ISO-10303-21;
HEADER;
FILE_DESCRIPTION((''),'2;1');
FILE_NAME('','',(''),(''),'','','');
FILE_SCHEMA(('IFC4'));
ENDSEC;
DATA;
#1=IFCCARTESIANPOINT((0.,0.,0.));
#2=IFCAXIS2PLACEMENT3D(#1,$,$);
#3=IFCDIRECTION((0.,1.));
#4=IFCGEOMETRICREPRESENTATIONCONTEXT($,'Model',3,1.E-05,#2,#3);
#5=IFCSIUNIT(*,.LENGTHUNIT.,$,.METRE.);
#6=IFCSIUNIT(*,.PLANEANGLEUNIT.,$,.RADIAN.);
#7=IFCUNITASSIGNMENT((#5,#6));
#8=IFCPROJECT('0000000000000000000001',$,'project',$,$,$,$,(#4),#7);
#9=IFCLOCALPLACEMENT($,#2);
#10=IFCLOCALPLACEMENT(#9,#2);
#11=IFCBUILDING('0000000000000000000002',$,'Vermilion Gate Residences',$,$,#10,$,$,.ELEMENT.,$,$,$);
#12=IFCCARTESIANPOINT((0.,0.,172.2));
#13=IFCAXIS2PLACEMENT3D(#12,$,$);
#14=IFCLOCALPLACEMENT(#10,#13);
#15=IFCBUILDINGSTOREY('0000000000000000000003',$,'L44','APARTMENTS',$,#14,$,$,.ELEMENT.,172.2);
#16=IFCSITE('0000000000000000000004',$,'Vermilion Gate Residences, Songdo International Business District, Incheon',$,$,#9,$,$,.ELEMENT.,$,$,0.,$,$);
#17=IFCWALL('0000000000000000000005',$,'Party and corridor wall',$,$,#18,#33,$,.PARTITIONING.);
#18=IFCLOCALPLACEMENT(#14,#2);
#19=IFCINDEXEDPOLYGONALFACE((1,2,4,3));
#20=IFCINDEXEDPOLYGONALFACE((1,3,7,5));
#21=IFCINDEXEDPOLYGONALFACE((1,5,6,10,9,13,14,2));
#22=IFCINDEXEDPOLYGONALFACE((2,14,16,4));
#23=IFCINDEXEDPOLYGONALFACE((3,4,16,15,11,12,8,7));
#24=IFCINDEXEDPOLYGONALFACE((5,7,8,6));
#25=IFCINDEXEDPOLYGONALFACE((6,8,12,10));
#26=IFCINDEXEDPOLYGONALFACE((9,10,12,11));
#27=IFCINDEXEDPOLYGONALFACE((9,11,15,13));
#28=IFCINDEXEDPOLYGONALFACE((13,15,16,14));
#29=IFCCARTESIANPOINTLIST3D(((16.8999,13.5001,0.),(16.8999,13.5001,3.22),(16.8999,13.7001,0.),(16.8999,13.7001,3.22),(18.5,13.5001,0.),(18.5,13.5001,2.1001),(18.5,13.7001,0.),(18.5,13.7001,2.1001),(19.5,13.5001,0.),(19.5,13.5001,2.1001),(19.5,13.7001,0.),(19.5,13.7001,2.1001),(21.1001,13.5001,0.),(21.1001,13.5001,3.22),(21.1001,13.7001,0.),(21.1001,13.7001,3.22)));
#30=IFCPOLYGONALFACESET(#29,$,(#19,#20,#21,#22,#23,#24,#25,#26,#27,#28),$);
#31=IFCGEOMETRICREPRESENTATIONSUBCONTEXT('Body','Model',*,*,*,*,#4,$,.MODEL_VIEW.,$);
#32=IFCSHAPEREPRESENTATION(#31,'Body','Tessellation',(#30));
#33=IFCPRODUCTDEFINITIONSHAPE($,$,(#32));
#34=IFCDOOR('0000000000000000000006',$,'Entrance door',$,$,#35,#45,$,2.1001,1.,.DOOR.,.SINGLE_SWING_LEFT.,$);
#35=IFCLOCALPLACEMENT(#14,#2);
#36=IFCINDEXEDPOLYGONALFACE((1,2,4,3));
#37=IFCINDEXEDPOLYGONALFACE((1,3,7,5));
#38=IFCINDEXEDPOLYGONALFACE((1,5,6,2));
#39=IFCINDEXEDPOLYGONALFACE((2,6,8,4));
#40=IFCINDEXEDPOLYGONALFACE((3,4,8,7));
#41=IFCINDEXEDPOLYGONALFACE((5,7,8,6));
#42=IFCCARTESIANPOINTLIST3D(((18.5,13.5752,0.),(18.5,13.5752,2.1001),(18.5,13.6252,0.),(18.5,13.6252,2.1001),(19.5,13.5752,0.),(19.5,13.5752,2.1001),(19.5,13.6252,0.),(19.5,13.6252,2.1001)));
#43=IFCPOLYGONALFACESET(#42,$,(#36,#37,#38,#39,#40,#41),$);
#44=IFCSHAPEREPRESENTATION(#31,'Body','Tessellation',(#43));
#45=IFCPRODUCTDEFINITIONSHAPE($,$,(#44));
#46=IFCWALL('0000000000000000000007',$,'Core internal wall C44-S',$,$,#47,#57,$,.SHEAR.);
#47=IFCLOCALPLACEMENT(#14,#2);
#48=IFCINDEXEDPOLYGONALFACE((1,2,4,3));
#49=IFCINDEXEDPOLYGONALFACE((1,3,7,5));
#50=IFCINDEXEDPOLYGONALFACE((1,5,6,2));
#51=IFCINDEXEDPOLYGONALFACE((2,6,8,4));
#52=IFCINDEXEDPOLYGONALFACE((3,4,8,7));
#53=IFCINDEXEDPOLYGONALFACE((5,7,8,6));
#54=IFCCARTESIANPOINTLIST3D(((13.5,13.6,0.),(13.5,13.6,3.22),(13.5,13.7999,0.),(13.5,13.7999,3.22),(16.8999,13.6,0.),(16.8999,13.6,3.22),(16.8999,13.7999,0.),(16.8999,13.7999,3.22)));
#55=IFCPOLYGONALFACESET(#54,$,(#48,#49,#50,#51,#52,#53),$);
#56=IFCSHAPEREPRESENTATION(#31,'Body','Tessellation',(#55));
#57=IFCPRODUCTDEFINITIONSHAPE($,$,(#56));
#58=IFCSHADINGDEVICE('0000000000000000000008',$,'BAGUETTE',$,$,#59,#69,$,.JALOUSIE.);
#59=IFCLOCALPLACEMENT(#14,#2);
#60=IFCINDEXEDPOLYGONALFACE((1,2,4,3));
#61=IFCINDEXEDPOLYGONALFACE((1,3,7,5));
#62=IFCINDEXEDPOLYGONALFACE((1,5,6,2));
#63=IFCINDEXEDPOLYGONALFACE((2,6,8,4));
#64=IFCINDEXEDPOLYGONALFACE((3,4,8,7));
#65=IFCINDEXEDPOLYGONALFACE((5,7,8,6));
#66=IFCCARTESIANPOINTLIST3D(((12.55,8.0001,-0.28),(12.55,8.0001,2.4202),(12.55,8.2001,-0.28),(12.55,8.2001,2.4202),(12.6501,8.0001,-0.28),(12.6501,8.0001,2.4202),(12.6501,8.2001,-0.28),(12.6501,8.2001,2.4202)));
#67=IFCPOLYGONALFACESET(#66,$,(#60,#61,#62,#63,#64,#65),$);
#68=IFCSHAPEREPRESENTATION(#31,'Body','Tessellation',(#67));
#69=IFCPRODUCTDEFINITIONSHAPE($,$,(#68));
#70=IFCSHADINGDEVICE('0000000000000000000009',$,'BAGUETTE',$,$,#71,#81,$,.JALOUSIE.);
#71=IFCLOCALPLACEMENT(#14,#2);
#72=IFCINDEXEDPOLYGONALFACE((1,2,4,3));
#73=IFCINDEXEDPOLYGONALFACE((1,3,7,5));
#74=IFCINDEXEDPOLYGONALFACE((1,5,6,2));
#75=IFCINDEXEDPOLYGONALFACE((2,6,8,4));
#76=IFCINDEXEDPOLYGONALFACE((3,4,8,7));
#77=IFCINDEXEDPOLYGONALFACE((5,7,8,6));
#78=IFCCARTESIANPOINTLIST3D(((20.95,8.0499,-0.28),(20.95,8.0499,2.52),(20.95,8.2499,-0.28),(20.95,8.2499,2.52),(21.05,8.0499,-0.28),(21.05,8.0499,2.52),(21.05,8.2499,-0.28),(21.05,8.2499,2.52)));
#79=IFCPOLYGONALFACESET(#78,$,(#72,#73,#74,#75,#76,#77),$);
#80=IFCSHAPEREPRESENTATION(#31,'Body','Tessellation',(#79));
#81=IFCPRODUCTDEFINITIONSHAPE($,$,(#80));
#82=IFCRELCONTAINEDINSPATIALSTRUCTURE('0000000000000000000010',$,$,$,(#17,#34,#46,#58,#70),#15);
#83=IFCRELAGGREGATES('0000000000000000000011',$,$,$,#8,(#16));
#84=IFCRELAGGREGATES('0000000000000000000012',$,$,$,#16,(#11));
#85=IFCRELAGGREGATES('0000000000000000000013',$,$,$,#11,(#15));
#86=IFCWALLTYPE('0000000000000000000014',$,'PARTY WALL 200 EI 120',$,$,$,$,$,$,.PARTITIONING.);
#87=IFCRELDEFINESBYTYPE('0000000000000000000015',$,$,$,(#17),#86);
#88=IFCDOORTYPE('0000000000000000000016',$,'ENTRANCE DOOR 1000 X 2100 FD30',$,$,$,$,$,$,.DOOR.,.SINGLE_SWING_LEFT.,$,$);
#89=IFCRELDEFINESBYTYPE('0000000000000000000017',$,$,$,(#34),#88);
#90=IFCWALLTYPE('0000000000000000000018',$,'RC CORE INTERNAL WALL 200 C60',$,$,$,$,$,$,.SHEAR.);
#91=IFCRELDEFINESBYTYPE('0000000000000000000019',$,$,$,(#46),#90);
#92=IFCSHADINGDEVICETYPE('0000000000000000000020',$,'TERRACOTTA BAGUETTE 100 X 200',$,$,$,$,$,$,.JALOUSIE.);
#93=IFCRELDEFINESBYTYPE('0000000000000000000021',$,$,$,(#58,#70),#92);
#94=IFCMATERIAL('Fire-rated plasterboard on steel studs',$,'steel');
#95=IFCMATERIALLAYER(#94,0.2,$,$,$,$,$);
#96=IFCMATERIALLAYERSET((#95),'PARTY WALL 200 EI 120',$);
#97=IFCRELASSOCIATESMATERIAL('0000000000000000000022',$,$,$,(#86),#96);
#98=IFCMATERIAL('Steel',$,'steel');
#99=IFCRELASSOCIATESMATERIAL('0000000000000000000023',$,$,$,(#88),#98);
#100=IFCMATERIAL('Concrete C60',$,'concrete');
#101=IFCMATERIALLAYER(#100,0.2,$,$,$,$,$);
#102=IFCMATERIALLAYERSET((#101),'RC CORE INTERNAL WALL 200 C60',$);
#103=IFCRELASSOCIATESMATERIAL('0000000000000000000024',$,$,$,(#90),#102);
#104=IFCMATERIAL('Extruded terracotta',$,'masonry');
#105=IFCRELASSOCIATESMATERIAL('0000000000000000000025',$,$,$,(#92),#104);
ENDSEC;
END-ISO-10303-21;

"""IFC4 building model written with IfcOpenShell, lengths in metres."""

from ifc_helpers import new_model, si_unit, direction, frame, frame_2d, origin, origin_2d, place, context, subcontext, project, spatial, rectangle, extrude, material, layer, layer_set, material_profile, profile_set, type_object, element, fill, save


model = new_model("IFC4")

# Units and contexts
model_context = context("Model", 3, precision=1e-05, world=origin(), true_north=direction((0.0, 1.0)))
body_context = subcontext(model_context, "Body", "Model", "MODEL_VIEW")
ifc_project = project(units=[si_unit("LENGTHUNIT", "METRE"), si_unit("PLANEANGLEUNIT", "RADIAN")], contexts=[model_context])

# Site, building, storey
site_placement = place(None, origin())
site = spatial("IfcSite", under=ifc_project, at=site_placement, Name="Vermilion Gate Residences, Songdo International Business District, Incheon", CompositionType="ELEMENT", RefElevation=0.0)
building_placement = place(site_placement, origin())
building = spatial("IfcBuilding", under=site, at=building_placement, Name="Vermilion Gate Residences", CompositionType="ELEMENT")
storey_placement = place(building_placement, frame((0.0, 0.0, 172.2)))
storey = spatial("IfcBuildingStorey", under=building, at=storey_placement, Name="L44", Description="APARTMENTS", CompositionType="ELEMENT", Elevation=172.2)

# Wall, opening, door
ifc_material_1 = material(Name="Fire-rated plasterboard on steel studs", Category="steel")
ifc_layer_1 = layer(ifc_material_1, 0.2)
ifc_layer_set_1 = layer_set([ifc_layer_1], Name="PARTY WALL 200 EI 120")
wall_type_1 = type_object("IfcWallType", Name="PARTY WALL 200 EI 120", PredefinedType="PARTITIONING", material=ifc_layer_set_1)
wall_1_placement = place(storey_placement, frame((16.8999, 13.6001, 0.0), z_axis=(0.0, 0.0, 1.0), x_axis=(1.0, 0.0, 0.0)))
wall_1 = element("IfcWall", 1, at=wall_1_placement, inside=storey, type_object=wall_type_1, Name="Party and corridor wall", PredefinedType="PARTITIONING", context=body_context, shape_type="SweptSolid", body=[
    extrude(rectangle(XDim=4.2002, YDim=0.2, at=frame_2d((2.1001, 0.0))), origin(), (0.0, 0.0, 1.0), 3.22),
])
opening_1_placement = place(wall_1_placement, frame((1.6001, 0.0, 0.0)))
opening_1 = element("IfcOpeningElement", 2, at=opening_1_placement, cuts=wall_1, PredefinedType="OPENING", context=body_context, shape_type="SweptSolid", body=[
    extrude(rectangle(XDim=1.0, YDim=2.1001, at=frame_2d((0.5, 1.05))), frame((0.0, 0.1099, 0.0), z_axis=(0.0, -1.0, 0.0), x_axis=(1.0, 0.0, 0.0)), (0.0, 0.0, 1.0), 0.22),
])
ifc_material_2 = material(Name="Steel", Category="steel")
door_type_1 = type_object("IfcDoorType", Name="ENTRANCE DOOR 1000 X 2100 FD30", OperationType="SINGLE_SWING_LEFT", PredefinedType="DOOR", material=ifc_material_2)
door_1_placement = place(opening_1_placement, frame((1.0, 0.0, 0.0), z_axis=(0.0, 0.0, 1.0), x_axis=(-1.0, 0.0, 0.0)))
door_1 = element("IfcDoor", 3, at=door_1_placement, inside=storey, type_object=door_type_1, Name="Entrance door", OperationType="SINGLE_SWING_LEFT", OverallHeight=2.1001, OverallWidth=1.0, PredefinedType="DOOR", context=body_context, shape_type="SweptSolid", body=[
    extrude(rectangle(XDim=1.0, YDim=2.1001, at=frame_2d((0.5, 1.05))), frame((0.0, 0.0249, 0.0), z_axis=(0.0, -1.0, 0.0), x_axis=(1.0, 0.0, 0.0)), (0.0, 0.0, 1.0), 0.05),
])
fill(opening_1, door_1)

# Wall
ifc_material_3 = material(Name="Concrete C60", Category="concrete")
ifc_layer_2 = layer(ifc_material_3, 0.2)
ifc_layer_set_2 = layer_set([ifc_layer_2], Name="RC CORE INTERNAL WALL 200 C60")
wall_type_2 = type_object("IfcWallType", Name="RC CORE INTERNAL WALL 200 C60", PredefinedType="SHEAR", material=ifc_layer_set_2)
wall_2_placement = place(storey_placement, frame((13.5, 13.7, 0.0), z_axis=(0.0, 0.0, 1.0), x_axis=(1.0, 0.0, 0.0)))
element("IfcWall", 4, at=wall_2_placement, inside=storey, type_object=wall_type_2, Name="Core internal wall C44-S", PredefinedType="SHEAR", context=body_context, shape_type="SweptSolid", body=[
    extrude(rectangle(XDim=3.3999, YDim=0.2, at=frame_2d((1.7, 0.0))), origin(), (0.0, 0.0, 1.0), 3.22),
])

# Shading devices
ifc_material_4 = material(Name="Extruded terracotta", Category="masonry")
ifc_material_profile_1 = material_profile(ifc_material_4, rectangle(XDim=0.2, YDim=0.1001, at=origin_2d()), Name="BAGUETTE 100 X 200")
ifc_profile_set_1 = profile_set([ifc_material_profile_1], Name="Extruded terracotta")
shading_device_type = type_object("IfcShadingDeviceType", Name="TERRACOTTA BAGUETTE 100 X 200", PredefinedType="JALOUSIE", material=ifc_profile_set_1)
shading_device_1_placement = place(storey_placement, frame((12.6001, 8.1001, -0.28), z_axis=(0.0, 0.0, 1.0), x_axis=(0.0, 1.0, 0.0)))
element("IfcShadingDevice", 5, at=shading_device_1_placement, inside=storey, type_object=shading_device_type, Name="BAGUETTE", PredefinedType="JALOUSIE", context=body_context, shape_type="SweptSolid", body=[
    extrude(rectangle(XDim=0.2, YDim=0.1001, at=origin_2d()), origin(), (0.0, 0.0, 1.0), 2.7002),
])
shading_device_2_placement = place(storey_placement, frame((21.0, 8.1499, -0.28), z_axis=(0.0, 0.0, 1.0), x_axis=(0.0, 1.0, 0.0)))
element("IfcShadingDevice", 6, at=shading_device_2_placement, inside=storey, type_object=shading_device_type, Name="BAGUETTE", PredefinedType="JALOUSIE", context=body_context, shape_type="SweptSolid", body=[
    extrude(rectangle(XDim=0.2, YDim=0.1001, at=origin_2d()), origin(), (0.0, 0.0, 1.0), 2.8),
])

save(model, "model.ifc")
